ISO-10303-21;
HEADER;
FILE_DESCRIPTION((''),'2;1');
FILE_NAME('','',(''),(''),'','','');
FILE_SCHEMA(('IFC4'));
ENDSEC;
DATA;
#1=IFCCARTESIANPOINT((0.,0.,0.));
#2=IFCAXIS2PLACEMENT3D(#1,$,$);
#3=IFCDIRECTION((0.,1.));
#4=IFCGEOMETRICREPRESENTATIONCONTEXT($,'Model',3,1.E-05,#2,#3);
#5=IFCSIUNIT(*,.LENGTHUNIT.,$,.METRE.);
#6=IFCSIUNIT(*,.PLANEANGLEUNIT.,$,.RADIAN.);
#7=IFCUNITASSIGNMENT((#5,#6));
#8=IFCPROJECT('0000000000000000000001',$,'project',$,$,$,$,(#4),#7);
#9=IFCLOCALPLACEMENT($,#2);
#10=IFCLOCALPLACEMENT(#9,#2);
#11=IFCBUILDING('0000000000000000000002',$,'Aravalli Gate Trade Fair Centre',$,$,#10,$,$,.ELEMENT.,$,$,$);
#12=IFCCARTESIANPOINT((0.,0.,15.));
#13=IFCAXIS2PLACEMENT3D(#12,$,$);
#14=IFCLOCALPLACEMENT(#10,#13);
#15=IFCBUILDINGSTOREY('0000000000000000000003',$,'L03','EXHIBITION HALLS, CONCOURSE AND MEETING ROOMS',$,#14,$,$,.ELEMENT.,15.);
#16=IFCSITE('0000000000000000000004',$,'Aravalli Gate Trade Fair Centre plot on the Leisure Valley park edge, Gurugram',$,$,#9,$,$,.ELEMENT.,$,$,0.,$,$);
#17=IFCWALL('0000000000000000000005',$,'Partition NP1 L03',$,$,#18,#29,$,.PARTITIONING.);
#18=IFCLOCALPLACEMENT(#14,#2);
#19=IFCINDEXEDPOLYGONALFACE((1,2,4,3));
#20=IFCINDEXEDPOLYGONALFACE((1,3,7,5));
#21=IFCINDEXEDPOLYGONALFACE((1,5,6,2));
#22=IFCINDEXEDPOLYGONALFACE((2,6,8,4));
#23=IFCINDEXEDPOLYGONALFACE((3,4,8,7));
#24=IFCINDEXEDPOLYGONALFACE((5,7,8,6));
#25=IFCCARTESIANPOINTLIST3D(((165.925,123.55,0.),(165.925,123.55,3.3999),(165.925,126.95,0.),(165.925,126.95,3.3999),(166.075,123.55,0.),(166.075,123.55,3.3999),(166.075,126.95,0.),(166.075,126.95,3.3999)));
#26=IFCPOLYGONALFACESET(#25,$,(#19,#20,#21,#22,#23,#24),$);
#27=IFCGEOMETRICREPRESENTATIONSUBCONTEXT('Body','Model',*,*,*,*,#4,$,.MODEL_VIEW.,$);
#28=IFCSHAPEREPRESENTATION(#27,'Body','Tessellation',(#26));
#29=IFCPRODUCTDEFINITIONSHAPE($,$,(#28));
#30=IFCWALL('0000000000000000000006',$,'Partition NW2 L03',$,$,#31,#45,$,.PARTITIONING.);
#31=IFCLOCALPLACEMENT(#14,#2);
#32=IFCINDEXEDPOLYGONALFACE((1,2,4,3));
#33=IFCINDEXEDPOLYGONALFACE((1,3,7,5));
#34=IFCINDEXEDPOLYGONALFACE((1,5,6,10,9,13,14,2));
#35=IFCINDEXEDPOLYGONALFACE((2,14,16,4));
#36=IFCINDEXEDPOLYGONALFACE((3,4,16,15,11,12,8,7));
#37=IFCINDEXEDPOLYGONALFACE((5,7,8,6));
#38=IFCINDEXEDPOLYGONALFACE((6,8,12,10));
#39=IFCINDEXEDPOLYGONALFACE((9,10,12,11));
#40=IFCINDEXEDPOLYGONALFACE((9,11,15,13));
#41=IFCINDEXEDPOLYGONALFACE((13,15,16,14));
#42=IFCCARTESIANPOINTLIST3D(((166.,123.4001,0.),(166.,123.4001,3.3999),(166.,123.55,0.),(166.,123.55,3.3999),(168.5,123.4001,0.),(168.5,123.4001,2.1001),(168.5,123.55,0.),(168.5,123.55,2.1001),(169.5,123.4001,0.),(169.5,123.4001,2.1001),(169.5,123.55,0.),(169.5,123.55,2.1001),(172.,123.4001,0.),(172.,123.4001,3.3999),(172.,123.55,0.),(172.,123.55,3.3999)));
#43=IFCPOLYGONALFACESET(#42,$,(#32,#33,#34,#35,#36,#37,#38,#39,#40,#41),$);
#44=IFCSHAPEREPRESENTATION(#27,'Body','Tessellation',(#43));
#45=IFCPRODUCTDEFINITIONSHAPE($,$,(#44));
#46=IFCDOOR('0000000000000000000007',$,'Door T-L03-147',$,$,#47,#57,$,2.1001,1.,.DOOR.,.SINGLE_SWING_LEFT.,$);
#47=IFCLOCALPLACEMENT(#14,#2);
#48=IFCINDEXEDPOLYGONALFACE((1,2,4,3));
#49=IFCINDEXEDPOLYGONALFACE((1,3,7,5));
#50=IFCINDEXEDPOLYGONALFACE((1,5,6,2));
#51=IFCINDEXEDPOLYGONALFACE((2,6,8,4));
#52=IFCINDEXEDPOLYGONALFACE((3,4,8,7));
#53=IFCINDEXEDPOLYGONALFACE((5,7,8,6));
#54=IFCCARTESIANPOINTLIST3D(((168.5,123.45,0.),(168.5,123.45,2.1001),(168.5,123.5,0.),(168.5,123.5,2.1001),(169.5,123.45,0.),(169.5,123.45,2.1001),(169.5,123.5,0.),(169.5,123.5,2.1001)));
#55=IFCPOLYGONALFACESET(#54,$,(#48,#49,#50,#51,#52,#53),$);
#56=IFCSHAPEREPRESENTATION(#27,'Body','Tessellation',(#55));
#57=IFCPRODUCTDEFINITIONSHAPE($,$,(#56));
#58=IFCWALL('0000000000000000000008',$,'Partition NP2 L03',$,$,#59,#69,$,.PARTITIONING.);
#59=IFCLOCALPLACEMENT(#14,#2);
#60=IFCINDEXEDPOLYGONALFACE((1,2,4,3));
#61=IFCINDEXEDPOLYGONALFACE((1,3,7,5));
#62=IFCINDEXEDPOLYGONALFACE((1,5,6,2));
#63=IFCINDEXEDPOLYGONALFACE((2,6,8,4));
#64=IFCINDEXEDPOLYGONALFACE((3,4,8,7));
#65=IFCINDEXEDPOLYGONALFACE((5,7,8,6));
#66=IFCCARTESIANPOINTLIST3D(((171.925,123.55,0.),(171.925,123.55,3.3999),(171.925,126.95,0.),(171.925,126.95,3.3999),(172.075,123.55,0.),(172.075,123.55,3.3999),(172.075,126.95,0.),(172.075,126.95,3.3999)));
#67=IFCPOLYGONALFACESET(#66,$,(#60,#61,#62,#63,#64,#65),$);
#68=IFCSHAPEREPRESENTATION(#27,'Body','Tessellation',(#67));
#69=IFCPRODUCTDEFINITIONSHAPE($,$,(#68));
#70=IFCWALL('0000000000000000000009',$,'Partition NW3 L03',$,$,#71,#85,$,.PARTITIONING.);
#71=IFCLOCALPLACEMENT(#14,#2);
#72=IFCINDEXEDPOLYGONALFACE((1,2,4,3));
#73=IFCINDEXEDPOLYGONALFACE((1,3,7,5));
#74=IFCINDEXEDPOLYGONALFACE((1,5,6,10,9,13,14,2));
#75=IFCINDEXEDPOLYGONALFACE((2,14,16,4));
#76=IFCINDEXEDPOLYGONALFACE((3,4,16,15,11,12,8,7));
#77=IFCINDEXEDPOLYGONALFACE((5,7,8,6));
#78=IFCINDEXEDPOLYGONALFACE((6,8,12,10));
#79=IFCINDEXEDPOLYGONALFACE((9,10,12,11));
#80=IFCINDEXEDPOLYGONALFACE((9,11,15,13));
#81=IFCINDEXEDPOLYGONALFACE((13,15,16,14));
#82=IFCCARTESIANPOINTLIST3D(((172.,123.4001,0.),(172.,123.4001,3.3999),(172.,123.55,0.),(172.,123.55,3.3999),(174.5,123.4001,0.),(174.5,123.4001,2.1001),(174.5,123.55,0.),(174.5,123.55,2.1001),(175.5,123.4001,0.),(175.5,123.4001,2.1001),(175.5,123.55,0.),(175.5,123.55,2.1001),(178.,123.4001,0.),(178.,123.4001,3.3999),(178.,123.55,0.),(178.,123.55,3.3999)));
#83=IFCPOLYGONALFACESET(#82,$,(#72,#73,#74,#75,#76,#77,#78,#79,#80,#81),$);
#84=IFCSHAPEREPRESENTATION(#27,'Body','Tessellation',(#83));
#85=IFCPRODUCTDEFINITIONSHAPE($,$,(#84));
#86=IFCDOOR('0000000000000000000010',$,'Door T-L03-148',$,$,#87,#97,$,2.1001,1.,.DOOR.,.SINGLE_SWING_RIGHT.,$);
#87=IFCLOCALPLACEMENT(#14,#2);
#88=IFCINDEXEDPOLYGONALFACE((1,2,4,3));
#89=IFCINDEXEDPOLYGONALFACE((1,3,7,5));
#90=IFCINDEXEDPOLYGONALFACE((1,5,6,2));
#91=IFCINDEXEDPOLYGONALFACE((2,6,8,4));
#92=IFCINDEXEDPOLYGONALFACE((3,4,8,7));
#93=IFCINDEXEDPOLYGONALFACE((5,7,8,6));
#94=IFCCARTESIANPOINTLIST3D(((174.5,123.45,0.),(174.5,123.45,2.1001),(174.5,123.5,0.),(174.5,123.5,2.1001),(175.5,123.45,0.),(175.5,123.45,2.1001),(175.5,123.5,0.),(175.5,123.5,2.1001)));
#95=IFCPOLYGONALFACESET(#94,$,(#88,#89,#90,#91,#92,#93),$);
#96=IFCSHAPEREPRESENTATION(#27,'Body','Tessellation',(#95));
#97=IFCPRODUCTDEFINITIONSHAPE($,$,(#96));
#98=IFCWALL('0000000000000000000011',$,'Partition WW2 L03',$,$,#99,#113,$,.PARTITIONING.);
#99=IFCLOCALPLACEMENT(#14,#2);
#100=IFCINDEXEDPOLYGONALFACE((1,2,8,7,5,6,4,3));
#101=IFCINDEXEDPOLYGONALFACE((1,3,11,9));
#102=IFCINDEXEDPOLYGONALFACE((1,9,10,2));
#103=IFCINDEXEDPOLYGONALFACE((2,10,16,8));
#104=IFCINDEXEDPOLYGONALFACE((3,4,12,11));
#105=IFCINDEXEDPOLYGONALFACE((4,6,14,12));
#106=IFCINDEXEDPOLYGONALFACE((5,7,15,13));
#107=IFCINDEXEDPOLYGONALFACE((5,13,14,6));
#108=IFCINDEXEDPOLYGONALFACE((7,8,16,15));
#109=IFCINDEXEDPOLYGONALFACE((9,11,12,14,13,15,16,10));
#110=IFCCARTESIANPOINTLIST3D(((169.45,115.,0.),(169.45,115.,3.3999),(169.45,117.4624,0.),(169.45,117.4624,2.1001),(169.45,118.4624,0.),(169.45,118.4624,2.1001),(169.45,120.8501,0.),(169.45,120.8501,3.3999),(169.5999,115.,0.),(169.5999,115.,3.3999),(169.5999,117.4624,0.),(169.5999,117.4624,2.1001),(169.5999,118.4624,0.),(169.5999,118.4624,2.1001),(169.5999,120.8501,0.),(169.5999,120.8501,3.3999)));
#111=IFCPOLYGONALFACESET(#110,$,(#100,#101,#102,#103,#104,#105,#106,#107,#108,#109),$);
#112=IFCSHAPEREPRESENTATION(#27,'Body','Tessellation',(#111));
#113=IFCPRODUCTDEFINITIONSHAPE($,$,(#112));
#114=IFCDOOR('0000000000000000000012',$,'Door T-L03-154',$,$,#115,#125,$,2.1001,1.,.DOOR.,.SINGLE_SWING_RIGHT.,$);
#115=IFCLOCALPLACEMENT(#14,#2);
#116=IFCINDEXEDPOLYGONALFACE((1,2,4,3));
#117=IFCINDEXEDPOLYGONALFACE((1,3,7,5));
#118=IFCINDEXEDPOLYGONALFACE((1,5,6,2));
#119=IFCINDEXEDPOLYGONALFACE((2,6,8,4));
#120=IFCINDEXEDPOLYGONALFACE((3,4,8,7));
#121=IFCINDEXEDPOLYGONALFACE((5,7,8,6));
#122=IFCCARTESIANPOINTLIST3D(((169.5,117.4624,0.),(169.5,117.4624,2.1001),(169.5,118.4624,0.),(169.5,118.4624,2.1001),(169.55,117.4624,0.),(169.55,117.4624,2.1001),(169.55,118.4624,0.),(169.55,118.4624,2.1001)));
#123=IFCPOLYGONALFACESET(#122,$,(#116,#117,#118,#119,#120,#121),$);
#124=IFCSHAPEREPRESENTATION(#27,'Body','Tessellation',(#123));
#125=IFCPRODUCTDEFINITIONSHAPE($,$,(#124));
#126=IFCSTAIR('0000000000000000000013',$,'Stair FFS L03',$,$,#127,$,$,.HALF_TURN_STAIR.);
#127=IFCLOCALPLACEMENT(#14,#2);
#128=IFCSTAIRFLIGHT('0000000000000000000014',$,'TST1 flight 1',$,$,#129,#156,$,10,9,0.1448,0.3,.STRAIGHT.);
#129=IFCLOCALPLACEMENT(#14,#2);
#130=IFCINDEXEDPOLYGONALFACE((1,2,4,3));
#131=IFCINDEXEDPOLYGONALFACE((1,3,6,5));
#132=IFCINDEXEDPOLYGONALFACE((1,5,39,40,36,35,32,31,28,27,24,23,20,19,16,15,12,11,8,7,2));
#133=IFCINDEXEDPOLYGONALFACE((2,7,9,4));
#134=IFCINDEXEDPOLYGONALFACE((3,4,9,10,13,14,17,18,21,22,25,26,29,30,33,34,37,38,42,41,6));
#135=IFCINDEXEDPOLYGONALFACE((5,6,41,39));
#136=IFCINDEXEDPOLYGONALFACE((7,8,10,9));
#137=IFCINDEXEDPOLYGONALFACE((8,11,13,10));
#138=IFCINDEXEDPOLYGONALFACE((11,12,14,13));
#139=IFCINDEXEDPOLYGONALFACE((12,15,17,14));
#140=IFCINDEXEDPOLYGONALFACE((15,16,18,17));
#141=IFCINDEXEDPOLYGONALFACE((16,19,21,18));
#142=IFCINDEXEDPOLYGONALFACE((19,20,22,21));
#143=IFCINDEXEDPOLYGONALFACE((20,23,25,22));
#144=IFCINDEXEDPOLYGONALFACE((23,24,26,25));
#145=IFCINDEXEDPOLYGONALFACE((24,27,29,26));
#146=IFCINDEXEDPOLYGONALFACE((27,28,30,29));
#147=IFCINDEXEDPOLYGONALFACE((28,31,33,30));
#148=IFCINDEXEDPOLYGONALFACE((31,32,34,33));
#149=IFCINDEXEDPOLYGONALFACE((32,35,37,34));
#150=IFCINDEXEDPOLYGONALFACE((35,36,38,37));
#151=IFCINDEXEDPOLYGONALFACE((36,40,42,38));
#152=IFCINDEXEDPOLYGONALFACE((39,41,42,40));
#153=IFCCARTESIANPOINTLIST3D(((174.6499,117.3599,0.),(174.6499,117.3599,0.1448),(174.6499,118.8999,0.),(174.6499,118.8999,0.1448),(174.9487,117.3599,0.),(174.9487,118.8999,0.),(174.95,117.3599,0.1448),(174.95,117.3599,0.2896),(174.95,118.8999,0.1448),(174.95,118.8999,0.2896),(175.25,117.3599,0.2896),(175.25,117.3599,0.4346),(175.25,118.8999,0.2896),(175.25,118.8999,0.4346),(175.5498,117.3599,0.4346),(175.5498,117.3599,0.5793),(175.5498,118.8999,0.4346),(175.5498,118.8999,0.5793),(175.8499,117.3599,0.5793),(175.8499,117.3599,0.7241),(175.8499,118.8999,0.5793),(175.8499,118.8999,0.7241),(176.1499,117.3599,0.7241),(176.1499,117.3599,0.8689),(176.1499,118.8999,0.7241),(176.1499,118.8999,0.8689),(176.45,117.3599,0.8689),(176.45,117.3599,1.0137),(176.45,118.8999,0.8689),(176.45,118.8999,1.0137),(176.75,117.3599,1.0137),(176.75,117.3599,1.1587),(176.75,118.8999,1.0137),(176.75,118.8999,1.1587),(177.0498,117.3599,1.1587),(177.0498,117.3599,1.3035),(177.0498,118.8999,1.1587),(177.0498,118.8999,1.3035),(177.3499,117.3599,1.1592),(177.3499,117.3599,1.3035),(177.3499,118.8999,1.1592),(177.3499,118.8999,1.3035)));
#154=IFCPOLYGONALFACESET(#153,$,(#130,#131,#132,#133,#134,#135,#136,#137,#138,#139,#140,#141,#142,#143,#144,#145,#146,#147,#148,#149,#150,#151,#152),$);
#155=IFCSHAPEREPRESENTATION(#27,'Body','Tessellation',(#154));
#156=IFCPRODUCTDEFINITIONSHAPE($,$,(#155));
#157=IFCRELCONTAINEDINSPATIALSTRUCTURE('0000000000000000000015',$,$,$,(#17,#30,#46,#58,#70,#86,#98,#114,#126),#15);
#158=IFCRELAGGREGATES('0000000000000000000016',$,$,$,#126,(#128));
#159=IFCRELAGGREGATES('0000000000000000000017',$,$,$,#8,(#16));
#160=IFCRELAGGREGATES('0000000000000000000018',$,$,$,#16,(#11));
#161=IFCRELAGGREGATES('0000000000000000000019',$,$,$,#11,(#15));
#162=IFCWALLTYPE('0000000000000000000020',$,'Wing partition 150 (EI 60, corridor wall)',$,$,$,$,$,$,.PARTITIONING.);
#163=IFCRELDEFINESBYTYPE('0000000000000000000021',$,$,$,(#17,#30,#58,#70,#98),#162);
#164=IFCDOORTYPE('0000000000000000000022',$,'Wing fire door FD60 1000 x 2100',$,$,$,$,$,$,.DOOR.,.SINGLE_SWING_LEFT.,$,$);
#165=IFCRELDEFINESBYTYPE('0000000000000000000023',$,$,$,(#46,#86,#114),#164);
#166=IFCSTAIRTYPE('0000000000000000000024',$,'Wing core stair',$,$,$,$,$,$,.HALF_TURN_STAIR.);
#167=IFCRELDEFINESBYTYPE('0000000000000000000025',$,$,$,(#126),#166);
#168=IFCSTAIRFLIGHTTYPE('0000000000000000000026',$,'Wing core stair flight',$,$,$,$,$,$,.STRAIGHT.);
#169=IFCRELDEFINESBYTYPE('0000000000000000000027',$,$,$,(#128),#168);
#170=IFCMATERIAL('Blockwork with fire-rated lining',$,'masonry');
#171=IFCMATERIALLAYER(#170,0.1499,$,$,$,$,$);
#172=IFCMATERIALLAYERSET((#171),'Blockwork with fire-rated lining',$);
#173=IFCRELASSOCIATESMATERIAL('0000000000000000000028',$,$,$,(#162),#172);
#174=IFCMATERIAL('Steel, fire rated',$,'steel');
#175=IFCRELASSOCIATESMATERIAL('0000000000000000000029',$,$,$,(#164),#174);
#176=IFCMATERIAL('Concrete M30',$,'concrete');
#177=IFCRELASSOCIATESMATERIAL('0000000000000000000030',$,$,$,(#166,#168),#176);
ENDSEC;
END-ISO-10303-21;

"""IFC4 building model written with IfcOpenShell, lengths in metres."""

from ifc_helpers import new_model, si_unit, direction, frame, frame_2d, origin, place, context, subcontext, project, spatial, polyline, rectangle, outline, extrude, material, layer, layer_set, type_object, element, fill, aggregate, save


model = new_model("IFC4")

# Units and contexts
model_context = context("Model", 3, precision=1e-05, world=origin(), true_north=direction((0.0, 1.0)))
body_context = subcontext(model_context, "Body", "Model", "MODEL_VIEW")
ifc_project = project(units=[si_unit("LENGTHUNIT", "METRE"), si_unit("PLANEANGLEUNIT", "RADIAN")], contexts=[model_context])

# Site, building, storey
site_placement = place(None, origin())
site = spatial("IfcSite", under=ifc_project, at=site_placement, Name="Aravalli Gate Trade Fair Centre plot on the Leisure Valley park edge, Gurugram", CompositionType="ELEMENT", RefElevation=0.0)
building_placement = place(site_placement, origin())
building = spatial("IfcBuilding", under=site, at=building_placement, Name="Aravalli Gate Trade Fair Centre", CompositionType="ELEMENT")
storey_placement = place(building_placement, frame((0.0, 0.0, 15.0)))
storey = spatial("IfcBuildingStorey", under=building, at=storey_placement, Name="L03", Description="EXHIBITION HALLS, CONCOURSE AND MEETING ROOMS", CompositionType="ELEMENT", Elevation=15.0)

# Shared definitions
ifc_material_1 = material(Name="Concrete M30", Category="concrete")

# Shared definitions
ifc_material_2 = material(Name="Steel, fire rated", Category="steel")

# Wall
ifc_material_3 = material(Name="Blockwork with fire-rated lining", Category="masonry")
ifc_layer_1 = layer(ifc_material_3, 0.1499)
ifc_layer_set_1 = layer_set([ifc_layer_1], Name="Blockwork with fire-rated lining")
wall_type_1 = type_object("IfcWallType", Name="Wing partition 150 (EI 60, corridor wall)", PredefinedType="PARTITIONING", material=ifc_layer_set_1)
wall_1_placement = place(storey_placement, frame((166.0, 123.55, 0.0), z_axis=(0.0, 0.0, 1.0), x_axis=(0.0, 1.0, 0.0)))
element("IfcWall", 1, at=wall_1_placement, inside=storey, type_object=wall_type_1, Name="Partition NP1 L03", PredefinedType="PARTITIONING", context=body_context, shape_type="SweptSolid", body=[
    extrude(rectangle(XDim=3.3999, YDim=0.1499, at=frame_2d((1.7, 0.0))), origin(), (0.0, 0.0, 1.0), 3.3999),
])

# Wall, opening, door
wall_2_placement = place(storey_placement, frame((166.0, 123.4751, 0.0), z_axis=(0.0, 0.0, 1.0), x_axis=(1.0, 0.0, 0.0)))
wall_2 = element("IfcWall", 2, at=wall_2_placement, inside=storey, type_object=wall_type_1, Name="Partition NW2 L03", PredefinedType="PARTITIONING", context=body_context, shape_type="SweptSolid", body=[
    extrude(rectangle(XDim=6.0, YDim=0.1499, at=frame_2d((3.0, 0.0))), origin(), (0.0, 0.0, 1.0), 3.3999),
])
opening_1_placement = place(wall_2_placement, frame((2.5, 0.0, 0.0)))
opening_1 = element("IfcOpeningElement", 3, at=opening_1_placement, cuts=wall_2, PredefinedType="OPENING", context=body_context, shape_type="SweptSolid", body=[
    extrude(rectangle(XDim=1.0, YDim=2.1001, at=frame_2d((0.5, 1.05))), frame((0.0, 0.085, 0.0), z_axis=(0.0, -1.0, 0.0), x_axis=(1.0, 0.0, 0.0)), (0.0, 0.0, 1.0), 0.1699),
])
door_type_1 = type_object("IfcDoorType", Name="Wing fire door FD60 1000 x 2100", OperationType="SINGLE_SWING_LEFT", PredefinedType="DOOR", material=ifc_material_2)
door_1_placement = place(opening_1_placement, origin())
door_1 = element("IfcDoor", 4, at=door_1_placement, inside=storey, type_object=door_type_1, Name="Door T-L03-147", OperationType="SINGLE_SWING_LEFT", OverallHeight=2.1001, OverallWidth=1.0, PredefinedType="DOOR", context=body_context, shape_type="SweptSolid", body=[
    extrude(rectangle(XDim=1.0, YDim=2.1001, at=frame_2d((0.5, 1.05))), frame((0.0, 0.0249, 0.0), z_axis=(0.0, -1.0, 0.0), x_axis=(1.0, 0.0, 0.0)), (0.0, 0.0, 1.0), 0.05),
])
fill(opening_1, door_1)

# Wall
wall_3_placement = place(storey_placement, frame((172.0, 123.55, 0.0), z_axis=(0.0, 0.0, 1.0), x_axis=(0.0, 1.0, 0.0)))
element("IfcWall", 5, at=wall_3_placement, inside=storey, type_object=wall_type_1, Name="Partition NP2 L03", PredefinedType="PARTITIONING", context=body_context, shape_type="SweptSolid", body=[
    extrude(rectangle(XDim=3.3999, YDim=0.1499, at=frame_2d((1.7, 0.0))), origin(), (0.0, 0.0, 1.0), 3.3999),
])

# Walls, openings, doors
wall_4_placement = place(storey_placement, frame((172.0, 123.4751, 0.0), z_axis=(0.0, 0.0, 1.0), x_axis=(1.0, 0.0, 0.0)))
wall_4 = element("IfcWall", 6, at=wall_4_placement, inside=storey, type_object=wall_type_1, Name="Partition NW3 L03", PredefinedType="PARTITIONING", context=body_context, shape_type="SweptSolid", body=[
    extrude(rectangle(XDim=6.0, YDim=0.1499, at=frame_2d((3.0, 0.0))), origin(), (0.0, 0.0, 1.0), 3.3999),
])
opening_2_placement = place(wall_4_placement, frame((2.5, 0.0, 0.0)))
opening_2 = element("IfcOpeningElement", 7, at=opening_2_placement, cuts=wall_4, PredefinedType="OPENING", context=body_context, shape_type="SweptSolid", body=[
    extrude(rectangle(XDim=1.0, YDim=2.1001, at=frame_2d((0.5, 1.05))), frame((0.0, 0.085, 0.0), z_axis=(0.0, -1.0, 0.0), x_axis=(1.0, 0.0, 0.0)), (0.0, 0.0, 1.0), 0.1699),
])
door_2_placement = place(opening_2_placement, origin())
door_2 = element("IfcDoor", 8, at=door_2_placement, inside=storey, type_object=door_type_1, Name="Door T-L03-148", OperationType="SINGLE_SWING_RIGHT", OverallHeight=2.1001, OverallWidth=1.0, PredefinedType="DOOR", context=body_context, shape_type="SweptSolid", body=[
    extrude(rectangle(XDim=1.0, YDim=2.1001, at=frame_2d((0.5, 1.05))), frame((0.0, 0.0249, 0.0), z_axis=(0.0, -1.0, 0.0), x_axis=(1.0, 0.0, 0.0)), (0.0, 0.0, 1.0), 0.05),
])
fill(opening_2, door_2)
wall_5_placement = place(storey_placement, frame((169.5249, 115.0, 0.0), z_axis=(0.0, 0.0, 1.0), x_axis=(0.0, 1.0, 0.0)))
wall_5 = element("IfcWall", 9, at=wall_5_placement, inside=storey, type_object=wall_type_1, Name="Partition WW2 L03", PredefinedType="PARTITIONING", context=body_context, shape_type="SweptSolid", body=[
    extrude(rectangle(XDim=5.8501, YDim=0.1499, at=frame_2d((2.925, 0.0))), origin(), (0.0, 0.0, 1.0), 3.3999),
])
opening_3_placement = place(wall_5_placement, frame((2.4624, 0.0, 0.0)))
opening_3 = element("IfcOpeningElement", 10, at=opening_3_placement, cuts=wall_5, PredefinedType="OPENING", context=body_context, shape_type="SweptSolid", body=[
    extrude(rectangle(XDim=1.0, YDim=2.1001, at=frame_2d((0.5, 1.05))), frame((0.0, 0.085, 0.0), z_axis=(0.0, -1.0, 0.0), x_axis=(1.0, 0.0, 0.0)), (0.0, 0.0, 1.0), 0.1699),
])
door_3_placement = place(opening_3_placement, origin())
door_3 = element("IfcDoor", 11, at=door_3_placement, inside=storey, type_object=door_type_1, Name="Door T-L03-154", OperationType="SINGLE_SWING_RIGHT", OverallHeight=2.1001, OverallWidth=1.0, PredefinedType="DOOR", context=body_context, shape_type="SweptSolid", body=[
    extrude(rectangle(XDim=1.0, YDim=2.1001, at=frame_2d((0.5, 1.05))), frame((0.0, 0.0249, 0.0), z_axis=(0.0, -1.0, 0.0), x_axis=(1.0, 0.0, 0.0)), (0.0, 0.0, 1.0), 0.05),
])
fill(opening_3, door_3)

# Stair, stair flight
stair_type = type_object("IfcStairType", Name="Wing core stair", PredefinedType="HALF_TURN_STAIR", material=ifc_material_1)
stair_placement = place(storey_placement, origin())
stair = element("IfcStair", 12, at=stair_placement, inside=storey, type_object=stair_type, Name="Stair FFS L03", PredefinedType="HALF_TURN_STAIR")
stair_flight_type = type_object("IfcStairFlightType", Name="Wing core stair flight", PredefinedType="STRAIGHT", material=ifc_material_1)
stair_flight_1_placement = place(storey_placement, frame((174.6499, 118.1299, 0.0), z_axis=(0.0, 0.0, 1.0), x_axis=(1.0, 0.0, 0.0)))
stair_flight_1 = element("IfcStairFlight", 13, at=stair_flight_1_placement, type_object=stair_flight_type, Name="TST1 flight 1", NumberOfRisers=10, NumberOfTreads=9, PredefinedType="STRAIGHT", RiserHeight=0.1448, TreadLength=0.3, context=body_context, shape_type="SweptSolid", body=[
    extrude(outline(polyline([(0.0, 0.0), (0.0, 0.1448), (0.3, 0.1448), (0.3, 0.2896), (0.6001, 0.2896), (0.6001, 0.4346), (0.8999, 0.4346), (0.8999, 0.5793), (1.2, 0.5793), (1.2, 0.7241), (1.5, 0.7241), (1.5, 0.8689), (1.8, 0.8689), (1.8, 1.0137), (2.1001, 1.0137), (2.1001, 1.1587), (2.3999, 1.1587), (2.3999, 1.3035), (2.7, 1.3035), (2.7, 1.4482), (2.7, 1.1592), (0.2988, 0.0), (0.0, 0.0)])), frame((0.0, 0.77, 0.0), z_axis=(0.0, -1.0, 0.0), x_axis=(1.0, 0.0, 0.0)), (0.0, 0.0, 1.0), 1.54),
])
aggregate(stair, [stair_flight_1])

save(model, "model.ifc")
